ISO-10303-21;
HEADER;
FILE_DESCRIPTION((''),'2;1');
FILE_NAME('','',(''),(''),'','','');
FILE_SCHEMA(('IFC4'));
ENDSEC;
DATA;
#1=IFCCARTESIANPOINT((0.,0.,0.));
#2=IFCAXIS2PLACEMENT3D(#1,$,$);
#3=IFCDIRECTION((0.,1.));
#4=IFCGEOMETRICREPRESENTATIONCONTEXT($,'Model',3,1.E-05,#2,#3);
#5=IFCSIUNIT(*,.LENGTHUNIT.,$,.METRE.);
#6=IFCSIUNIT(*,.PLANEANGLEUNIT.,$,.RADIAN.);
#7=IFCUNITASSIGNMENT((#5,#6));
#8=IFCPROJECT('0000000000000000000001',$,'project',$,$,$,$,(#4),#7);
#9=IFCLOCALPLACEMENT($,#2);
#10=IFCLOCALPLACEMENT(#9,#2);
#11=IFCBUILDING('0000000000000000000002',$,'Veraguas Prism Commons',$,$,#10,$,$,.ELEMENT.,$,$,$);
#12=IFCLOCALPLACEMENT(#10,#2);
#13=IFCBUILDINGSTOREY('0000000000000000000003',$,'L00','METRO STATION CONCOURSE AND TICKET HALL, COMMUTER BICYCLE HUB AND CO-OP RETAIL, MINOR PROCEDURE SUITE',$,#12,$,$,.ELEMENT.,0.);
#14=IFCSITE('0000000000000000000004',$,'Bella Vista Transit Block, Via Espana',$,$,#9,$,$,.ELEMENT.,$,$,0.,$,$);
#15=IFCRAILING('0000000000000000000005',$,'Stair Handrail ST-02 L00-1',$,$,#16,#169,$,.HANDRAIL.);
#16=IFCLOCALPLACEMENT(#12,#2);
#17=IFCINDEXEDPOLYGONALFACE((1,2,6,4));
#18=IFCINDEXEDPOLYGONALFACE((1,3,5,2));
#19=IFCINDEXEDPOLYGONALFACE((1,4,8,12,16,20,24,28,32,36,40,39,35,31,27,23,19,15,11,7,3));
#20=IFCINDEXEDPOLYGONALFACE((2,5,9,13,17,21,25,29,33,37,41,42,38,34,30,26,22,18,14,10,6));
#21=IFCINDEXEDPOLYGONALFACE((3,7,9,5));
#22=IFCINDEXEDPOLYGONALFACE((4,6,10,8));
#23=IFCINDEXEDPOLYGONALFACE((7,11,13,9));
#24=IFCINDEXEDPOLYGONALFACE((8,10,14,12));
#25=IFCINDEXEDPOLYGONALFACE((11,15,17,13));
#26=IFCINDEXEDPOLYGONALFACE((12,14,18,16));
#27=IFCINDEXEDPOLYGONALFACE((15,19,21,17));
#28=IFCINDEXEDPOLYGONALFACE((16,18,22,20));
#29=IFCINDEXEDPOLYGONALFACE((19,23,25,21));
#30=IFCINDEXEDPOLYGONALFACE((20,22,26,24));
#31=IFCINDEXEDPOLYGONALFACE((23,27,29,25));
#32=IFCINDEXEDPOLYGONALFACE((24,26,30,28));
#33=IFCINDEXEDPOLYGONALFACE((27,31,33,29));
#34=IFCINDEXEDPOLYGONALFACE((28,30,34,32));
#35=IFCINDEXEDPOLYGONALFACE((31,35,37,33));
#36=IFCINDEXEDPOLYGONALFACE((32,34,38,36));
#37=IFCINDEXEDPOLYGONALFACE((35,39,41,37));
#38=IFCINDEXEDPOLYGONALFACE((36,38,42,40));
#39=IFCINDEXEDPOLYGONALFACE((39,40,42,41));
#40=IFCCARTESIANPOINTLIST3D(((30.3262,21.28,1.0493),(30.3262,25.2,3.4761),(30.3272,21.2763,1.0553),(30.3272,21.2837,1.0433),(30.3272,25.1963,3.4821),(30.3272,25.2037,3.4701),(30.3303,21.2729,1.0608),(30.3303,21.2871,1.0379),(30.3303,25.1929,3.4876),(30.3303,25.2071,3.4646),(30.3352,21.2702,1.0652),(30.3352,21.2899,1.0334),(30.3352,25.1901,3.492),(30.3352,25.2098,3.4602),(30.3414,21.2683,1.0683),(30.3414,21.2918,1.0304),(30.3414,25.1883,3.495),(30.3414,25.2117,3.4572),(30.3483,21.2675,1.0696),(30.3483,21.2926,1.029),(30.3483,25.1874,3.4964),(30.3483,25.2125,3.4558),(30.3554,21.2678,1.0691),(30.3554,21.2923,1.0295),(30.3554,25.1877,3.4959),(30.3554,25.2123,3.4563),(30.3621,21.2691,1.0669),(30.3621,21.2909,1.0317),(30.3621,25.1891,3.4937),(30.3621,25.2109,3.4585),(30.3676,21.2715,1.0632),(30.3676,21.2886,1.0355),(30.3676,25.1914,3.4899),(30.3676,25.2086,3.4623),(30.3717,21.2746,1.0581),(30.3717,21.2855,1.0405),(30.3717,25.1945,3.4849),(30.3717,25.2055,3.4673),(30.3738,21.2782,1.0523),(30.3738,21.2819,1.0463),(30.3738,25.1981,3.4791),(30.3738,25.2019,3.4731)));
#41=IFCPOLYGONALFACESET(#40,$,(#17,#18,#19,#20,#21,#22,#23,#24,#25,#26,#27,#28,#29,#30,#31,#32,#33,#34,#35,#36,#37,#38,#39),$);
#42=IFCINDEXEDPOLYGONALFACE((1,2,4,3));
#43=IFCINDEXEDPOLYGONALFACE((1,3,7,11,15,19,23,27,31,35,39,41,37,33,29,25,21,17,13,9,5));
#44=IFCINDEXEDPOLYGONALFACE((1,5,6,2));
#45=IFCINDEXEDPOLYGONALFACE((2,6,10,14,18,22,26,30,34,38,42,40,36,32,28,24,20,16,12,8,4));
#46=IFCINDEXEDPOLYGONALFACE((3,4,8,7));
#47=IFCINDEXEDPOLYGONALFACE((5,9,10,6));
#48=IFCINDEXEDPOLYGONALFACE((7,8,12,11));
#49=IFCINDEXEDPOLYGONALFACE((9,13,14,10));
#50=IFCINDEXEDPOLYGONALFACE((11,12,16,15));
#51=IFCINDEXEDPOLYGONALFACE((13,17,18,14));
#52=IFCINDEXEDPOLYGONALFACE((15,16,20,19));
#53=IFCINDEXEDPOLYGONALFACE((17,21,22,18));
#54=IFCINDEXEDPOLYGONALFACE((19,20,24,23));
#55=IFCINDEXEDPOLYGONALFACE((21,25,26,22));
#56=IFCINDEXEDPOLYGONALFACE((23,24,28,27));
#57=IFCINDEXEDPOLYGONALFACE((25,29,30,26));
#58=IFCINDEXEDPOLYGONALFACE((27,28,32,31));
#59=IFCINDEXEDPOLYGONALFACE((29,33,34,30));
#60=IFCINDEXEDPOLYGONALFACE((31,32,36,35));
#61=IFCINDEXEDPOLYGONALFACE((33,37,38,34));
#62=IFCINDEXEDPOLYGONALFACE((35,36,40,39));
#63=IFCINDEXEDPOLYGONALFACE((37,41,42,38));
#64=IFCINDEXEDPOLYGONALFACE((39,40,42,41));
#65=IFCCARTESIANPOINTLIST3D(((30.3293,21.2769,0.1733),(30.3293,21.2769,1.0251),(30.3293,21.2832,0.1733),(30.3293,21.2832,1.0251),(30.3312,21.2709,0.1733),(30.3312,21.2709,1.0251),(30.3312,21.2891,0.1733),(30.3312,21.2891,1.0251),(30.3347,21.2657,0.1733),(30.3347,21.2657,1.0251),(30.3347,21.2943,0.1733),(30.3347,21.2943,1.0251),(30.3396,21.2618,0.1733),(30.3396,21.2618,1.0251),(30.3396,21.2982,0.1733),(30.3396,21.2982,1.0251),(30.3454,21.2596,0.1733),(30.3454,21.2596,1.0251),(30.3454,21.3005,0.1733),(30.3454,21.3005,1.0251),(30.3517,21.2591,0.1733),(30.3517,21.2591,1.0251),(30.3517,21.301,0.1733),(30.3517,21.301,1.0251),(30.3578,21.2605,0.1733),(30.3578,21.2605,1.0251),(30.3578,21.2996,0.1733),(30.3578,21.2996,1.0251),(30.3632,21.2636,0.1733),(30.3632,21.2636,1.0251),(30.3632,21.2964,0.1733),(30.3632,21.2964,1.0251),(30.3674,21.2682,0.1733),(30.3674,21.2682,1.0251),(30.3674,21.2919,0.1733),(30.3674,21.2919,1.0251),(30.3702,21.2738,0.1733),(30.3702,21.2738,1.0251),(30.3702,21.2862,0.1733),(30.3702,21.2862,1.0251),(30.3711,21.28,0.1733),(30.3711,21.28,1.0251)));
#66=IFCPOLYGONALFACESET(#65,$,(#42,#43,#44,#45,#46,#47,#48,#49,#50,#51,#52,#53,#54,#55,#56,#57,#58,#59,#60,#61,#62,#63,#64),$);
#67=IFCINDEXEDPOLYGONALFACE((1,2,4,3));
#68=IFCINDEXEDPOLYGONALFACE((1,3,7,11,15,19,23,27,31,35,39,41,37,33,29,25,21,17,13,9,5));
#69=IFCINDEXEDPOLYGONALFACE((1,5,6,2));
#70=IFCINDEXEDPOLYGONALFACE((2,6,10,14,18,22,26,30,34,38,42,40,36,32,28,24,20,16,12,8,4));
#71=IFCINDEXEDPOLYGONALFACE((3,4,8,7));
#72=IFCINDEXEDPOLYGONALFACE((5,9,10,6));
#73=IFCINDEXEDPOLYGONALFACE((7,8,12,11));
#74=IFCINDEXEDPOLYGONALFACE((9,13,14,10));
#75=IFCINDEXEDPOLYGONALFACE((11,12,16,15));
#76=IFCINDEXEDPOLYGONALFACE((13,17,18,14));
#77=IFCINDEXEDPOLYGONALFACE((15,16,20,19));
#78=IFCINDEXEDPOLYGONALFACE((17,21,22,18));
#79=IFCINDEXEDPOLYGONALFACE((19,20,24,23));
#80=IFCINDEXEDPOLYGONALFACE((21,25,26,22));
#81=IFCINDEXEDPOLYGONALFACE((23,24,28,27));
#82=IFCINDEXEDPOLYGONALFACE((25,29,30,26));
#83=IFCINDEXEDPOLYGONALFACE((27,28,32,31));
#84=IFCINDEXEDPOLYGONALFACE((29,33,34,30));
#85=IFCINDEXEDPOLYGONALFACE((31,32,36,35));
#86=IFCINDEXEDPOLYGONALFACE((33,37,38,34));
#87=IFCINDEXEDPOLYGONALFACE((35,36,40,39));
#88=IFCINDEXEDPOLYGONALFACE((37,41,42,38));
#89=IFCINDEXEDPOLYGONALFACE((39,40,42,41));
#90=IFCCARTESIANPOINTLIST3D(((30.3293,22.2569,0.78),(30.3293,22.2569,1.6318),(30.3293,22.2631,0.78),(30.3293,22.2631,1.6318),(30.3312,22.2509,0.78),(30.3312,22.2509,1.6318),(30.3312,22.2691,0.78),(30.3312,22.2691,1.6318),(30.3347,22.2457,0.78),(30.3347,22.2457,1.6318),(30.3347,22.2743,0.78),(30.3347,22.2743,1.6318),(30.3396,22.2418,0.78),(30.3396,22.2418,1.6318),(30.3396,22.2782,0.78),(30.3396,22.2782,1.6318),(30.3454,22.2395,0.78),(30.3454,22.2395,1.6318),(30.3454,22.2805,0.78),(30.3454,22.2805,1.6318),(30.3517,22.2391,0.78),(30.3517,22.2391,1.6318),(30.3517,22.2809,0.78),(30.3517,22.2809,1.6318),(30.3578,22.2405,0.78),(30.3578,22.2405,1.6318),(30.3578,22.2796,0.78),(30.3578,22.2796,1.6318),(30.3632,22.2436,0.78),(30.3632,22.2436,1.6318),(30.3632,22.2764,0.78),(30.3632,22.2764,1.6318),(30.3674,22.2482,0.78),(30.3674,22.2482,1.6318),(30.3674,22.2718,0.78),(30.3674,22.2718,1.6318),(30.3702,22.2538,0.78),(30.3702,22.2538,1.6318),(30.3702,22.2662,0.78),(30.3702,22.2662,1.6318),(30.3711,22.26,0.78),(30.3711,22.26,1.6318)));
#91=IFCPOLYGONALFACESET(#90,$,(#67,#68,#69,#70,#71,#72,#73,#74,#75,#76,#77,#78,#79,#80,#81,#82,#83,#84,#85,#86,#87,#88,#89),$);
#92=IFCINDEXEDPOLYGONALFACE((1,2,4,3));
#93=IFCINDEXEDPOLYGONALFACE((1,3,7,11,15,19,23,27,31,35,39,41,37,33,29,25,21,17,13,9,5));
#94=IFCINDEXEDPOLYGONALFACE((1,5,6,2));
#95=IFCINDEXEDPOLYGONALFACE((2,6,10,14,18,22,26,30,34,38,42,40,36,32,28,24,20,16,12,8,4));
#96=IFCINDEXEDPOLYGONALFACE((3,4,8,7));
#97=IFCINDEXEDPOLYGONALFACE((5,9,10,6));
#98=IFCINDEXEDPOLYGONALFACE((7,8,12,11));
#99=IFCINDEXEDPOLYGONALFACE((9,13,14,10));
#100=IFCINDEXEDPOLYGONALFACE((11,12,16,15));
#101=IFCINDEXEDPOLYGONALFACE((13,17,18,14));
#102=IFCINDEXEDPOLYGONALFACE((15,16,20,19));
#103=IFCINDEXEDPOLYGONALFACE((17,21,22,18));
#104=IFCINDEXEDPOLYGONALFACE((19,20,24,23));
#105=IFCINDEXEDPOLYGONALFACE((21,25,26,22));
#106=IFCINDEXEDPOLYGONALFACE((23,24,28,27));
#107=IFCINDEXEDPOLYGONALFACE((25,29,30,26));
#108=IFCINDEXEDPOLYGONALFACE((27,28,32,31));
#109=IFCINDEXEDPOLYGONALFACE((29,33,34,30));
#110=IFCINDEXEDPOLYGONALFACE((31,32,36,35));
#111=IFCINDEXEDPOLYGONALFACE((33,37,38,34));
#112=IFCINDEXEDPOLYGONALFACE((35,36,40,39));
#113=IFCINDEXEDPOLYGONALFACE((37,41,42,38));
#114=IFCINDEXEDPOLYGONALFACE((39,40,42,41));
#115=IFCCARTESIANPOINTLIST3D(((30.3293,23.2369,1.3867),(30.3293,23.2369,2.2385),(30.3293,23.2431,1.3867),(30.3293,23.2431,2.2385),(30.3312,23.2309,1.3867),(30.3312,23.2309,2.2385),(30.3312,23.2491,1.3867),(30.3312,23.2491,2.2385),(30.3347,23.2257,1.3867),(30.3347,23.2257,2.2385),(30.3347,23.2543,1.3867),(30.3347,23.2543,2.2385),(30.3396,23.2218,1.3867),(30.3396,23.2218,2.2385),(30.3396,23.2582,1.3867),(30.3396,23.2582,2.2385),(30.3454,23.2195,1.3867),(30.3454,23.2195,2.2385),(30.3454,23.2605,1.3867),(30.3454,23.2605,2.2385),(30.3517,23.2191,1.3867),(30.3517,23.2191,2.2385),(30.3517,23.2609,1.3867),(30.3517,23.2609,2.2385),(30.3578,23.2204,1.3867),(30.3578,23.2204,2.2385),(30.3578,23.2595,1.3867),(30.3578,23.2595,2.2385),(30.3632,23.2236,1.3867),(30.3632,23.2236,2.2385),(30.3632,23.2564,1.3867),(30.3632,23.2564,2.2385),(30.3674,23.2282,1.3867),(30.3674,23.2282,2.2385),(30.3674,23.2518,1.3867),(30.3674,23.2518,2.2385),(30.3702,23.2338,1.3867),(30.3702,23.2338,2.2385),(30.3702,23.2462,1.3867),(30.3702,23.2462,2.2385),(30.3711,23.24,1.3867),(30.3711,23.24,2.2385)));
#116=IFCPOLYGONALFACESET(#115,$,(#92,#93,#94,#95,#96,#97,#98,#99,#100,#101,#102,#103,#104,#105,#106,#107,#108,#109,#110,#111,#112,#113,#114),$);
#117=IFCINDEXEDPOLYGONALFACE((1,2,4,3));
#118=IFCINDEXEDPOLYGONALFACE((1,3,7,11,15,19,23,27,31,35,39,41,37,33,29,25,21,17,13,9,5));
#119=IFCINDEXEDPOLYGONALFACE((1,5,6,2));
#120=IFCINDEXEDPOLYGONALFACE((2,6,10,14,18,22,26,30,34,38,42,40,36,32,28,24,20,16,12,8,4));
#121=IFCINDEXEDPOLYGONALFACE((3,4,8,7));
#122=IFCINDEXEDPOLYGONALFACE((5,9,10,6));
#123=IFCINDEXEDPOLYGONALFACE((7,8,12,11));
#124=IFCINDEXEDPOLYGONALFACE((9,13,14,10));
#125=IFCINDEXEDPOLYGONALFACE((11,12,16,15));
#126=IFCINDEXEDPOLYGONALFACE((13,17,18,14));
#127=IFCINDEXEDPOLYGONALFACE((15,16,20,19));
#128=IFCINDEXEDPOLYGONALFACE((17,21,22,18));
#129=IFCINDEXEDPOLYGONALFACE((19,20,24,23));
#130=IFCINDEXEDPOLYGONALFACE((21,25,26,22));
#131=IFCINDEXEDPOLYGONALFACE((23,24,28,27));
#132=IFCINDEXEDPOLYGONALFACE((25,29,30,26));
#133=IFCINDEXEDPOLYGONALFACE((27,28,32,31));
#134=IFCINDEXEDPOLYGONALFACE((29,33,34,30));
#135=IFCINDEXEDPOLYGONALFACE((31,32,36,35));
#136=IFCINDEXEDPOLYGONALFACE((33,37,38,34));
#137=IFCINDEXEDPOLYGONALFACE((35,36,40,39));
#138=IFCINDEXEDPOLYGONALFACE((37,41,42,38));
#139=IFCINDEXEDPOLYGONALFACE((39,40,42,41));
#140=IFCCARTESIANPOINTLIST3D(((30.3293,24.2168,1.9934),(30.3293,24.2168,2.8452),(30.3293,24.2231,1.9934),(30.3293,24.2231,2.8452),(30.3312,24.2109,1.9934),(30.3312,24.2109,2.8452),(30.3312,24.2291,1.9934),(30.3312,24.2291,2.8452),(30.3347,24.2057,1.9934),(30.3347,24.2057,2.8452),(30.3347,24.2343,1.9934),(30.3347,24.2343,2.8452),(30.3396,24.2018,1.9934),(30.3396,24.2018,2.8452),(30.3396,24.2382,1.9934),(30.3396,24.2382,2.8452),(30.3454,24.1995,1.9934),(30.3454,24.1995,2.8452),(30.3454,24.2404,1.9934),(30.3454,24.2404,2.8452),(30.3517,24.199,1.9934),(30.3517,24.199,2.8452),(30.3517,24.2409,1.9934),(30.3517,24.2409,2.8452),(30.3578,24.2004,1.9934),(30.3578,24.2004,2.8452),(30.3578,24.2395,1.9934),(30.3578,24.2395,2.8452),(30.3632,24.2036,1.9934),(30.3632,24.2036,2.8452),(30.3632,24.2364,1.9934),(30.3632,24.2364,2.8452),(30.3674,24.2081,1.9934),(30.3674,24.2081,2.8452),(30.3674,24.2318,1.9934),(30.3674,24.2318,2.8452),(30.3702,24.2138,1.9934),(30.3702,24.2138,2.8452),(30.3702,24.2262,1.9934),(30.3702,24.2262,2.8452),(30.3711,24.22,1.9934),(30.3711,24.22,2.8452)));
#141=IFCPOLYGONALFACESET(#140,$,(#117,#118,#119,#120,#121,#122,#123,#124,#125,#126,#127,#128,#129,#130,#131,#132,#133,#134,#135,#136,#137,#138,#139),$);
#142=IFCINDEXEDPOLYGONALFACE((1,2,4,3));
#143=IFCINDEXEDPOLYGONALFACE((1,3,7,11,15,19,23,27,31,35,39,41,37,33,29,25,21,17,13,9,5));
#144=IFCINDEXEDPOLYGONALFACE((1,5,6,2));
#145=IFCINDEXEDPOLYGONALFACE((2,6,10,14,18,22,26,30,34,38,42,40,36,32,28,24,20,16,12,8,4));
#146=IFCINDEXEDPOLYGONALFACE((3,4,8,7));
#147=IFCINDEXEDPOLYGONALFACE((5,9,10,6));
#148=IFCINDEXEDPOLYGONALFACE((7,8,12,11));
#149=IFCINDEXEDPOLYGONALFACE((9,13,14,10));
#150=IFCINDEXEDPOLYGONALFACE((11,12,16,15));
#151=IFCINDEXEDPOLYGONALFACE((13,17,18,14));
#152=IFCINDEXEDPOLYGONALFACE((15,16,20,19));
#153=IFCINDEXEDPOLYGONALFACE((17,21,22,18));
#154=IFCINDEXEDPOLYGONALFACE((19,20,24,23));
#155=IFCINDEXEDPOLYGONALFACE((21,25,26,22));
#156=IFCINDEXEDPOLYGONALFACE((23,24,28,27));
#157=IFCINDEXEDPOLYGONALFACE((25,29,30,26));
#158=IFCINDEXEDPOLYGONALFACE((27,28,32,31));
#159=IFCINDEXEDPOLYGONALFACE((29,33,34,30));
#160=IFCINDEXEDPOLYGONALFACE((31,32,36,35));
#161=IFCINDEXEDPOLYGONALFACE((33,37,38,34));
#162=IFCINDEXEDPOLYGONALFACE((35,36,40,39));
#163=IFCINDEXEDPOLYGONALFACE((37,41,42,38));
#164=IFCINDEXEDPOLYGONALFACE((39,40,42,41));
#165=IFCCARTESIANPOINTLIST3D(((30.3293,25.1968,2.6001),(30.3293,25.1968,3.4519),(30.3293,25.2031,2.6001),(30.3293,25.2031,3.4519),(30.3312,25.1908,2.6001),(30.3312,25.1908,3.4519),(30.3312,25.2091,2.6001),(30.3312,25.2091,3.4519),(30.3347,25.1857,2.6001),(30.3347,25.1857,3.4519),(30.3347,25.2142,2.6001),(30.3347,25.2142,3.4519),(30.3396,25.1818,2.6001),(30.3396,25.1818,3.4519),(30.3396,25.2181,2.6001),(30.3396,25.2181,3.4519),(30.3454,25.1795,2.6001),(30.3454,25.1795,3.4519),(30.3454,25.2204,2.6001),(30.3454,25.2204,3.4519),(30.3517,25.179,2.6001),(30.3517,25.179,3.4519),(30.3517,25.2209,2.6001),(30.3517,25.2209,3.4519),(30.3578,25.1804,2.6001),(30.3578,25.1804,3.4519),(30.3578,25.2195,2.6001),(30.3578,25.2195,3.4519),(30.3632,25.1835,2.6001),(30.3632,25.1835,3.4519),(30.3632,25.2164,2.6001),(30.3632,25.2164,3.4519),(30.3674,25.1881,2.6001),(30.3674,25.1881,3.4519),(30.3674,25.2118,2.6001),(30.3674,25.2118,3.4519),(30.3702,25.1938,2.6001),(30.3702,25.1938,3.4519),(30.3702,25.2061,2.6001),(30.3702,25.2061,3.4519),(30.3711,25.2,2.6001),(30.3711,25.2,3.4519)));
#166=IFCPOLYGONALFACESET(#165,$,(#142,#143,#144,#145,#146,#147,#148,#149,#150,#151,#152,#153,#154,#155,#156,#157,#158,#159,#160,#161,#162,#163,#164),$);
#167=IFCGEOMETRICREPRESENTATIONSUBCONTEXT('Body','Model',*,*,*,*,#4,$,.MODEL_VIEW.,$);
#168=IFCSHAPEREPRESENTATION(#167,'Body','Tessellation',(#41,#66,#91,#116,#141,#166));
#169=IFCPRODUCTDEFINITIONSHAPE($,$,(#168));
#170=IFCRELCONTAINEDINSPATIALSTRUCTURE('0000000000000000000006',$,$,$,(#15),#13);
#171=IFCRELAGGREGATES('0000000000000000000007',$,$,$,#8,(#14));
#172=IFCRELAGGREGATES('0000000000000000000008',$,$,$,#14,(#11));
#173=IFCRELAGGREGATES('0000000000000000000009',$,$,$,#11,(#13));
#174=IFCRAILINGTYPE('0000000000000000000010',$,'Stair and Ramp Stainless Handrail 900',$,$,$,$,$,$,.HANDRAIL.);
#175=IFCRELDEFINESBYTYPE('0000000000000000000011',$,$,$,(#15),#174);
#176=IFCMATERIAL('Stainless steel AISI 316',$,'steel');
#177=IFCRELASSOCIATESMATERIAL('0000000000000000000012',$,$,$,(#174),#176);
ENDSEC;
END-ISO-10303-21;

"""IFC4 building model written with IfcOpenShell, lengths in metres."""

from ifc_helpers import new_model, si_unit, direction, frame, origin, origin_2d, place, context, subcontext, project, spatial, circle, extrude, material, type_object, element, save


model = new_model("IFC4")

# Units and contexts
model_context = context("Model", 3, precision=1e-05, world=origin(), true_north=direction((0.0, 1.0)))
body_context = subcontext(model_context, "Body", "Model", "MODEL_VIEW")
ifc_project = project(units=[si_unit("LENGTHUNIT", "METRE"), si_unit("PLANEANGLEUNIT", "RADIAN")], contexts=[model_context])

# Site, building, storey
site_placement = place(None, origin())
site = spatial("IfcSite", under=ifc_project, at=site_placement, Name="Bella Vista Transit Block, Via Espana", CompositionType="ELEMENT", RefElevation=0.0)
building_placement = place(site_placement, origin())
building = spatial("IfcBuilding", under=site, at=building_placement, Name="Veraguas Prism Commons", CompositionType="ELEMENT")
storey_placement = place(building_placement, origin())
storey = spatial("IfcBuildingStorey", under=building, at=storey_placement, Name="L00", Description="METRO STATION CONCOURSE AND TICKET HALL, COMMUTER BICYCLE HUB AND CO-OP RETAIL, MINOR PROCEDURE SUITE", CompositionType="ELEMENT", Elevation=0.0)

# Railing
ifc_material_1 = material(Name="Stainless steel AISI 316", Category="steel")
railing_type = type_object("IfcRailingType", Name="Stair and Ramp Stainless Handrail 900", PredefinedType="HANDRAIL", material=ifc_material_1)
railing_placement = place(storey_placement, frame((30.3501, 21.28, 0.1733)))
element("IfcRailing", 1, at=railing_placement, inside=storey, type_object=railing_type, Name="Stair Handrail ST-02 L00-1", PredefinedType="HANDRAIL", context=body_context, shape_type="SweptSolid", body=[
    extrude(circle(Radius=0.0239, at=origin_2d()), frame((0.0, 0.0, 0.876), z_axis=(0.0, 0.850252, 0.526376), x_axis=(-1.0, 0.0, 0.0)), (0.0, 0.0, 1.0), 4.6104),
    extrude(circle(Radius=0.021, at=origin_2d()), origin(), (0.0, 0.0, 1.0), 0.8518),
    extrude(circle(Radius=0.021, at=origin_2d()), frame((0.0, 0.98, 0.6067)), (0.0, 0.0, 1.0), 0.8518),
    extrude(circle(Radius=0.021, at=origin_2d()), frame((0.0, 1.96, 1.2134)), (0.0, 0.0, 1.0), 0.8518),
    extrude(circle(Radius=0.021, at=origin_2d()), frame((0.0, 2.9399, 1.8201)), (0.0, 0.0, 1.0), 0.8518),
    extrude(circle(Radius=0.021, at=origin_2d()), frame((0.0, 3.9199, 2.4268)), (0.0, 0.0, 1.0), 0.8518),
])

save(model, "model.ifc")
